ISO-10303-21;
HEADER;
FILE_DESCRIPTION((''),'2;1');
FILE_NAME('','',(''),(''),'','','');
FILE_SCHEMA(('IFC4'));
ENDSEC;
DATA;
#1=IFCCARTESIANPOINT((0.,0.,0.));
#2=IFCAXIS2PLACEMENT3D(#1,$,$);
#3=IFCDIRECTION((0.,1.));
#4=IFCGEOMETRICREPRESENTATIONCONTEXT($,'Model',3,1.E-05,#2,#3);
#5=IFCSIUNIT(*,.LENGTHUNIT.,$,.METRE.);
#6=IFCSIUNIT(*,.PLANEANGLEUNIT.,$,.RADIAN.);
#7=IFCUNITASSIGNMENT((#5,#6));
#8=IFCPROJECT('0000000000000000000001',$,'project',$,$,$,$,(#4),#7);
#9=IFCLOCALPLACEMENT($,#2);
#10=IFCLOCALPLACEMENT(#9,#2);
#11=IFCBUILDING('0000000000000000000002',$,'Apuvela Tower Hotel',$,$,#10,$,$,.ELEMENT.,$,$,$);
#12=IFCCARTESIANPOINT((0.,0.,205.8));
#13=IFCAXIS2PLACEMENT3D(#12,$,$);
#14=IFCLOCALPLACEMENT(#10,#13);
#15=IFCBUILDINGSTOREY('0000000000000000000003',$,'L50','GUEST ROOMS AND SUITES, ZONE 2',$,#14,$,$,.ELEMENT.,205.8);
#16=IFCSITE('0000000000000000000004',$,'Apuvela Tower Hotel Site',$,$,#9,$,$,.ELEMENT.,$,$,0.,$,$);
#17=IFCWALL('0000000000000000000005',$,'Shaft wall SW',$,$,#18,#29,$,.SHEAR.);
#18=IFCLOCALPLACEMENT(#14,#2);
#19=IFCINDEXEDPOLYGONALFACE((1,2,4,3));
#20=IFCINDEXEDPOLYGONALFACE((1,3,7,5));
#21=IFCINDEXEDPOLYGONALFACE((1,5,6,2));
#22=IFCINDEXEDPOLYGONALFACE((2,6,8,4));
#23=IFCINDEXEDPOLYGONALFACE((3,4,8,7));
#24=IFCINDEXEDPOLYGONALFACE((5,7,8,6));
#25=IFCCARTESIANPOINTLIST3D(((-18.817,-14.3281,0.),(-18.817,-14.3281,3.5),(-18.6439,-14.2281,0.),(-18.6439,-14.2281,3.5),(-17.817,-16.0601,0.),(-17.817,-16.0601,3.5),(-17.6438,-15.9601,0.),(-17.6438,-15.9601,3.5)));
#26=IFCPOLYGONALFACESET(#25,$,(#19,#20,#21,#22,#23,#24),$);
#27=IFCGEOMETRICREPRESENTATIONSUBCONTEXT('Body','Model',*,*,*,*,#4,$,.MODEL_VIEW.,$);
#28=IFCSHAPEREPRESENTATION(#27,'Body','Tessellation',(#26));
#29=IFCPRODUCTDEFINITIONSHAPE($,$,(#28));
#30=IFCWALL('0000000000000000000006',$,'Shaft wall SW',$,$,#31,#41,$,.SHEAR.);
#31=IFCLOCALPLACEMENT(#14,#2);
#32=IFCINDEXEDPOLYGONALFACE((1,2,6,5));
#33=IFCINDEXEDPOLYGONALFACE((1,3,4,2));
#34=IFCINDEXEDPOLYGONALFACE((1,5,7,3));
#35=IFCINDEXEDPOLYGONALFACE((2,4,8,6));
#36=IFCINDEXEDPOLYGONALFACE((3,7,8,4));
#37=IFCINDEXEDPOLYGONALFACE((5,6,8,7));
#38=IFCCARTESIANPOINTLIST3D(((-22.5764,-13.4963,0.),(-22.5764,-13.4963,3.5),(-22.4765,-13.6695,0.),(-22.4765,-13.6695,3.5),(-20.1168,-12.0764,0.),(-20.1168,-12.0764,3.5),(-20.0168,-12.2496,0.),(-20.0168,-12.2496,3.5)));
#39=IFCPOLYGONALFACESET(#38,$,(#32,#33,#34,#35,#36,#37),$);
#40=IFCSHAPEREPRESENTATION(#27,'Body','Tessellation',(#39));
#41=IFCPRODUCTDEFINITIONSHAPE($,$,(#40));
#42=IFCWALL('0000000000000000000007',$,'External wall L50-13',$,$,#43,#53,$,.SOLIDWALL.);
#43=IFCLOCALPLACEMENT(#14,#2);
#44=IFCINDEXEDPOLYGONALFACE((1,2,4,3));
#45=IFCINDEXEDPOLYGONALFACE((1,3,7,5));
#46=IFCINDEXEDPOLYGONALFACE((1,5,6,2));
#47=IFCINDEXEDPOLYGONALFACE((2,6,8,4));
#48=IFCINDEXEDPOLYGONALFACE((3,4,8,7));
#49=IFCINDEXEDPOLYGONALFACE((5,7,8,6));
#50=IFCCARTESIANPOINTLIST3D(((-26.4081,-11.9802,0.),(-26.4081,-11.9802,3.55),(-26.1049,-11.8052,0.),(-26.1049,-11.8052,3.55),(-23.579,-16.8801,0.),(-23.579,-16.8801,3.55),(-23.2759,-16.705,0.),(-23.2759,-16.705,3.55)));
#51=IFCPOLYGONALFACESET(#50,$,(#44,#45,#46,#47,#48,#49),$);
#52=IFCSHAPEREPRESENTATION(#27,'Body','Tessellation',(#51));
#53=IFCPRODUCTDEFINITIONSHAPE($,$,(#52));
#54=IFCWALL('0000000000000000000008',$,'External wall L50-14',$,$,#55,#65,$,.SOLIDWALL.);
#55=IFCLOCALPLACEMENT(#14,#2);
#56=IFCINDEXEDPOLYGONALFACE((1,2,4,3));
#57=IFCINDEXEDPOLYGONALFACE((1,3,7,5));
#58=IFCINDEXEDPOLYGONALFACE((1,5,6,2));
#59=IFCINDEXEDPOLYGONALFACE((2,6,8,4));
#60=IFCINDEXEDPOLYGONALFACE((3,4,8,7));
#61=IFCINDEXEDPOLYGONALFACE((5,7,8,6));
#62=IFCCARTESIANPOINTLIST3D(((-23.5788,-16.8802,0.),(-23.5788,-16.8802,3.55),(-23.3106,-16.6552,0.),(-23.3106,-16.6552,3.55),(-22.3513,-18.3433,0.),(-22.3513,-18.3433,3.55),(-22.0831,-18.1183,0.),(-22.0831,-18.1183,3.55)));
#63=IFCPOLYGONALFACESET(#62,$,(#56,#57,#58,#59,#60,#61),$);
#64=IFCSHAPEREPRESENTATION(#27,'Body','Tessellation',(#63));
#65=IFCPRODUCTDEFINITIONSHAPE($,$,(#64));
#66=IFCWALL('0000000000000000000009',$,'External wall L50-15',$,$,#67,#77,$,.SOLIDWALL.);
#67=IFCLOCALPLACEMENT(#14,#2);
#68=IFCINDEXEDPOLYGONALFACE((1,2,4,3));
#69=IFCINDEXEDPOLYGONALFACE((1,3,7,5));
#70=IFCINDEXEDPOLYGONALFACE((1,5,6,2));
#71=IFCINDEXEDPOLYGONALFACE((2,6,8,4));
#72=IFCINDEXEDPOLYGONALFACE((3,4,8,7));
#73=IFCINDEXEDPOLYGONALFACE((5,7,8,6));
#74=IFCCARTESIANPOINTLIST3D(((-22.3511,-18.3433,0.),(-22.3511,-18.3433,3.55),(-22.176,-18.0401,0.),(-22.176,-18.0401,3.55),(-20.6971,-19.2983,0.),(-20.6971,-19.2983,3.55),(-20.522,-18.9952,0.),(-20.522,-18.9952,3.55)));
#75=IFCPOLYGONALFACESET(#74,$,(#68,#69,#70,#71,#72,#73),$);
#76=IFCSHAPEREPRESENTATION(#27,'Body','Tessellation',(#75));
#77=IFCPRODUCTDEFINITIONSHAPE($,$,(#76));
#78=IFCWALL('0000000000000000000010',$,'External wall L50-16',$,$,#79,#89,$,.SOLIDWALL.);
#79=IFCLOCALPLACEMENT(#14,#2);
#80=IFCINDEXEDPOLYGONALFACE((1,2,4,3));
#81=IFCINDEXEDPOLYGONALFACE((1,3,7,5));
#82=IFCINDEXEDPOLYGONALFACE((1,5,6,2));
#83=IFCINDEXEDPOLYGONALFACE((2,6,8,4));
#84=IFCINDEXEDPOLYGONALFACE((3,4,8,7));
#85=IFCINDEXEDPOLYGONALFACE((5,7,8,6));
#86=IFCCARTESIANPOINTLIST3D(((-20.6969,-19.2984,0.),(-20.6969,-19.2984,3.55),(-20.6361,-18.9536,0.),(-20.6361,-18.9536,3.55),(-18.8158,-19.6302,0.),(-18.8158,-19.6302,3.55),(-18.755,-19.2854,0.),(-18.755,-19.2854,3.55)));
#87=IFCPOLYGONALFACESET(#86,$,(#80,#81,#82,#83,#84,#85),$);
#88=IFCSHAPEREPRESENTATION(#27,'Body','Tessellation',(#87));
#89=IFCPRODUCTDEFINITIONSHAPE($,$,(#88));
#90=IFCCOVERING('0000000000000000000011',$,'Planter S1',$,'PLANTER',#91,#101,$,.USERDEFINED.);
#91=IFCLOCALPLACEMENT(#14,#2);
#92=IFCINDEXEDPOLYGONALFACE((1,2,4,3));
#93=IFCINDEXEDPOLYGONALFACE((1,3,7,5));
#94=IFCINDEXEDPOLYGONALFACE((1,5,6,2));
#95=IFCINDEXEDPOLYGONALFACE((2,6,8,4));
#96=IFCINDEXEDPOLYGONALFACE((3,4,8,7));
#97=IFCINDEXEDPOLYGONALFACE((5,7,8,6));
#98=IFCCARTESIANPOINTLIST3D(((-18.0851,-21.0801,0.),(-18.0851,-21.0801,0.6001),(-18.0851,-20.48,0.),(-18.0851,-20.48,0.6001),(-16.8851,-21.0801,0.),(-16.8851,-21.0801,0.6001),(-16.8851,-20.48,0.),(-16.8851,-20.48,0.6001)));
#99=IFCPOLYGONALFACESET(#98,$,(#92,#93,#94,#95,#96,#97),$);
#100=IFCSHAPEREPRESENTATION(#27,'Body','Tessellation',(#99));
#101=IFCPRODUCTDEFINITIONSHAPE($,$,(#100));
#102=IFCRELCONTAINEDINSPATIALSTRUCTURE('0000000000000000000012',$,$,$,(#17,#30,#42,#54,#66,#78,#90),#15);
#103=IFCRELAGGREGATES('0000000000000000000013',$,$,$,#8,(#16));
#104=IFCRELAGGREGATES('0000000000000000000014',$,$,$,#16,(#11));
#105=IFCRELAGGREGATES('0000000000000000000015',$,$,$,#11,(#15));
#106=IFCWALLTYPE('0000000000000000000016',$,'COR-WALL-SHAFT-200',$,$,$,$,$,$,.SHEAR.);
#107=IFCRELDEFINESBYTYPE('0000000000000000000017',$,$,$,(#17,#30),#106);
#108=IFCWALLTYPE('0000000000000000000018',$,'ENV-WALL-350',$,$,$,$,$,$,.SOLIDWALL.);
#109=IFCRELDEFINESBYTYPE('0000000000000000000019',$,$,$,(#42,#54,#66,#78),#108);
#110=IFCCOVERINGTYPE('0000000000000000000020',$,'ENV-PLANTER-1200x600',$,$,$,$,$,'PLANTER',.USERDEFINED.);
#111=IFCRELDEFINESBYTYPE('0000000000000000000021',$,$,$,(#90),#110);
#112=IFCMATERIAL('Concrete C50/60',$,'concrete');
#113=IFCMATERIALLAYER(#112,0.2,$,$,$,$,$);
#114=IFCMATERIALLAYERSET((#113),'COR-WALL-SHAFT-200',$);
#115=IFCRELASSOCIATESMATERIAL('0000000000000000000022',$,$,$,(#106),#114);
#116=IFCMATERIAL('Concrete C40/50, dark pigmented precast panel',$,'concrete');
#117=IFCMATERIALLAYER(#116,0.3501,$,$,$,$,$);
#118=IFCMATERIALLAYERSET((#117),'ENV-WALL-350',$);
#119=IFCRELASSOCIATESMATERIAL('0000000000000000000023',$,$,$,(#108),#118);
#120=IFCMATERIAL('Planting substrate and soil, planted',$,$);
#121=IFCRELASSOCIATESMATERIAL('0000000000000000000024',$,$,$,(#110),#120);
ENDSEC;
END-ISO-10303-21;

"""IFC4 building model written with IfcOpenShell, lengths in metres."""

from ifc_helpers import new_model, si_unit, direction, frame, frame_2d, origin, origin_2d, place, context, subcontext, project, spatial, rectangle, extrude, material, layer, layer_set, type_object, element, save


model = new_model("IFC4")

# Units and contexts
model_context = context("Model", 3, precision=1e-05, world=origin(), true_north=direction((0.0, 1.0)))
body_context = subcontext(model_context, "Body", "Model", "MODEL_VIEW")
ifc_project = project(units=[si_unit("LENGTHUNIT", "METRE"), si_unit("PLANEANGLEUNIT", "RADIAN")], contexts=[model_context])

# Site, building, storey
site_placement = place(None, origin())
site = spatial("IfcSite", under=ifc_project, at=site_placement, Name="Apuvela Tower Hotel Site", CompositionType="ELEMENT", RefElevation=0.0)
building_placement = place(site_placement, origin())
building = spatial("IfcBuilding", under=site, at=building_placement, Name="Apuvela Tower Hotel", CompositionType="ELEMENT")
storey_placement = place(building_placement, frame((0.0, 0.0, 205.8)))
storey = spatial("IfcBuildingStorey", under=building, at=storey_placement, Name="L50", Description="GUEST ROOMS AND SUITES, ZONE 2", CompositionType="ELEMENT", Elevation=205.8)

# Shared definitions
ifc_material_1 = material(Name="Concrete C50/60", Category="concrete")
ifc_layer_1 = layer(ifc_material_1, 0.2)
ifc_layer_set_1 = layer_set([ifc_layer_1], Name="COR-WALL-SHAFT-200")
wall_type_1 = type_object("IfcWallType", Name="COR-WALL-SHAFT-200", PredefinedType="SHEAR", material=ifc_layer_set_1)

# Walls
for number, where, z_axis, x_axis, name in (
    (1, (-18.7305, -14.2781, 0.0), (0.0, 0.0, 1.0), (0.500025, -0.866011, 0.0), "Shaft wall SW"),
):
    element("IfcWall", number, at=place(storey_placement, frame(where, z_axis=z_axis, x_axis=x_axis)), inside=storey, type_object=wall_type_1, Name=name, PredefinedType="SHEAR", context=body_context, shape_type="SweptSolid", body=[
        extrude(rectangle(XDim=2.0, YDim=0.2, at=frame_2d((1.0, 0.0))), origin(), (0.0, 0.0, 1.0), 3.5),
    ])
wall_1_placement = place(storey_placement, frame((-20.0669, -12.1631, 0.0), z_axis=(0.0, 0.0, 1.0), x_axis=(-0.866055, -0.499948, 0.0)))
element("IfcWall", 2, at=wall_1_placement, inside=storey, type_object=wall_type_1, Name="Shaft wall SW", PredefinedType="SHEAR", context=body_context, shape_type="SweptSolid", body=[
    extrude(rectangle(XDim=2.8401, YDim=0.2, at=frame_2d((1.4199, 0.0))), origin(), (0.0, 0.0, 1.0), 3.5),
])
ifc_material_2 = material(Name="Concrete C40/50, dark pigmented precast panel", Category="concrete")
ifc_layer_2 = layer(ifc_material_2, 0.3501)
ifc_layer_set_2 = layer_set([ifc_layer_2], Name="ENV-WALL-350")
wall_type_2 = type_object("IfcWallType", Name="ENV-WALL-350", PredefinedType="SOLIDWALL", material=ifc_layer_set_2)
wall_2_placement = place(storey_placement, frame((-26.2566, -11.8926, 0.0), z_axis=(0.0, 0.0, 1.0), x_axis=(0.500019, -0.866015, 0.0)))
element("IfcWall", 3, at=wall_2_placement, inside=storey, type_object=wall_type_2, Name="External wall L50-13", PredefinedType="SOLIDWALL", context=body_context, shape_type="SweptSolid", body=[
    extrude(rectangle(XDim=5.658, YDim=0.3501, at=frame_2d((2.8291, 0.0))), origin(), (0.0, 0.0, 1.0), 3.55),
])
for number, where, z_axis, x_axis, name in (
    (4, (-23.4448, -16.7676, 0.0), (0.0, 0.0, 1.0), (0.642733, -0.76609, 0.0), "External wall L50-14"),
    (5, (-22.2637, -18.1917, 0.0), (0.0, 0.0, 1.0), (0.866, -0.500043, 0.0), "External wall L50-15"),
):
    element("IfcWall", number, at=place(storey_placement, frame(where, z_axis=z_axis, x_axis=x_axis)), inside=storey, type_object=wall_type_2, Name=name, PredefinedType="SOLIDWALL", context=body_context, shape_type="SweptSolid", body=[
        extrude(rectangle(XDim=1.9099, YDim=0.3501, at=frame_2d((0.9551, 0.0))), origin(), (0.0, 0.0, 1.0), 3.55),
    ])
wall_3_placement = place(storey_placement, frame((-20.6665, -19.126, 0.0), z_axis=(0.0, 0.0, 1.0), x_axis=(0.984799, -0.173698, 0.0)))
element("IfcWall", 6, at=wall_3_placement, inside=storey, type_object=wall_type_2, Name="External wall L50-16", PredefinedType="SOLIDWALL", context=body_context, shape_type="SweptSolid", body=[
    extrude(rectangle(XDim=1.9102, YDim=0.3501, at=frame_2d((0.9551, 0.0))), origin(), (0.0, 0.0, 1.0), 3.55),
])

# Covering
ifc_material_3 = material(Name="Planting substrate and soil, planted")
covering_type = type_object("IfcCoveringType", Name="ENV-PLANTER-1200x600", ElementType="PLANTER", PredefinedType="USERDEFINED", material=ifc_material_3)
covering_placement = place(storey_placement, frame((-17.4851, -20.78, 0.0), z_axis=(0.0, 0.0, 1.0), x_axis=(1.0, 0.0, 0.0)))
element("IfcCovering", 7, at=covering_placement, inside=storey, type_object=covering_type, Name="Planter S1", ObjectType="PLANTER", PredefinedType="USERDEFINED", context=body_context, shape_type="SweptSolid", body=[
    extrude(rectangle(XDim=1.2, YDim=0.6001, at=origin_2d()), origin(), (0.0, 0.0, 1.0), 0.6001),
])

save(model, "model.ifc")
